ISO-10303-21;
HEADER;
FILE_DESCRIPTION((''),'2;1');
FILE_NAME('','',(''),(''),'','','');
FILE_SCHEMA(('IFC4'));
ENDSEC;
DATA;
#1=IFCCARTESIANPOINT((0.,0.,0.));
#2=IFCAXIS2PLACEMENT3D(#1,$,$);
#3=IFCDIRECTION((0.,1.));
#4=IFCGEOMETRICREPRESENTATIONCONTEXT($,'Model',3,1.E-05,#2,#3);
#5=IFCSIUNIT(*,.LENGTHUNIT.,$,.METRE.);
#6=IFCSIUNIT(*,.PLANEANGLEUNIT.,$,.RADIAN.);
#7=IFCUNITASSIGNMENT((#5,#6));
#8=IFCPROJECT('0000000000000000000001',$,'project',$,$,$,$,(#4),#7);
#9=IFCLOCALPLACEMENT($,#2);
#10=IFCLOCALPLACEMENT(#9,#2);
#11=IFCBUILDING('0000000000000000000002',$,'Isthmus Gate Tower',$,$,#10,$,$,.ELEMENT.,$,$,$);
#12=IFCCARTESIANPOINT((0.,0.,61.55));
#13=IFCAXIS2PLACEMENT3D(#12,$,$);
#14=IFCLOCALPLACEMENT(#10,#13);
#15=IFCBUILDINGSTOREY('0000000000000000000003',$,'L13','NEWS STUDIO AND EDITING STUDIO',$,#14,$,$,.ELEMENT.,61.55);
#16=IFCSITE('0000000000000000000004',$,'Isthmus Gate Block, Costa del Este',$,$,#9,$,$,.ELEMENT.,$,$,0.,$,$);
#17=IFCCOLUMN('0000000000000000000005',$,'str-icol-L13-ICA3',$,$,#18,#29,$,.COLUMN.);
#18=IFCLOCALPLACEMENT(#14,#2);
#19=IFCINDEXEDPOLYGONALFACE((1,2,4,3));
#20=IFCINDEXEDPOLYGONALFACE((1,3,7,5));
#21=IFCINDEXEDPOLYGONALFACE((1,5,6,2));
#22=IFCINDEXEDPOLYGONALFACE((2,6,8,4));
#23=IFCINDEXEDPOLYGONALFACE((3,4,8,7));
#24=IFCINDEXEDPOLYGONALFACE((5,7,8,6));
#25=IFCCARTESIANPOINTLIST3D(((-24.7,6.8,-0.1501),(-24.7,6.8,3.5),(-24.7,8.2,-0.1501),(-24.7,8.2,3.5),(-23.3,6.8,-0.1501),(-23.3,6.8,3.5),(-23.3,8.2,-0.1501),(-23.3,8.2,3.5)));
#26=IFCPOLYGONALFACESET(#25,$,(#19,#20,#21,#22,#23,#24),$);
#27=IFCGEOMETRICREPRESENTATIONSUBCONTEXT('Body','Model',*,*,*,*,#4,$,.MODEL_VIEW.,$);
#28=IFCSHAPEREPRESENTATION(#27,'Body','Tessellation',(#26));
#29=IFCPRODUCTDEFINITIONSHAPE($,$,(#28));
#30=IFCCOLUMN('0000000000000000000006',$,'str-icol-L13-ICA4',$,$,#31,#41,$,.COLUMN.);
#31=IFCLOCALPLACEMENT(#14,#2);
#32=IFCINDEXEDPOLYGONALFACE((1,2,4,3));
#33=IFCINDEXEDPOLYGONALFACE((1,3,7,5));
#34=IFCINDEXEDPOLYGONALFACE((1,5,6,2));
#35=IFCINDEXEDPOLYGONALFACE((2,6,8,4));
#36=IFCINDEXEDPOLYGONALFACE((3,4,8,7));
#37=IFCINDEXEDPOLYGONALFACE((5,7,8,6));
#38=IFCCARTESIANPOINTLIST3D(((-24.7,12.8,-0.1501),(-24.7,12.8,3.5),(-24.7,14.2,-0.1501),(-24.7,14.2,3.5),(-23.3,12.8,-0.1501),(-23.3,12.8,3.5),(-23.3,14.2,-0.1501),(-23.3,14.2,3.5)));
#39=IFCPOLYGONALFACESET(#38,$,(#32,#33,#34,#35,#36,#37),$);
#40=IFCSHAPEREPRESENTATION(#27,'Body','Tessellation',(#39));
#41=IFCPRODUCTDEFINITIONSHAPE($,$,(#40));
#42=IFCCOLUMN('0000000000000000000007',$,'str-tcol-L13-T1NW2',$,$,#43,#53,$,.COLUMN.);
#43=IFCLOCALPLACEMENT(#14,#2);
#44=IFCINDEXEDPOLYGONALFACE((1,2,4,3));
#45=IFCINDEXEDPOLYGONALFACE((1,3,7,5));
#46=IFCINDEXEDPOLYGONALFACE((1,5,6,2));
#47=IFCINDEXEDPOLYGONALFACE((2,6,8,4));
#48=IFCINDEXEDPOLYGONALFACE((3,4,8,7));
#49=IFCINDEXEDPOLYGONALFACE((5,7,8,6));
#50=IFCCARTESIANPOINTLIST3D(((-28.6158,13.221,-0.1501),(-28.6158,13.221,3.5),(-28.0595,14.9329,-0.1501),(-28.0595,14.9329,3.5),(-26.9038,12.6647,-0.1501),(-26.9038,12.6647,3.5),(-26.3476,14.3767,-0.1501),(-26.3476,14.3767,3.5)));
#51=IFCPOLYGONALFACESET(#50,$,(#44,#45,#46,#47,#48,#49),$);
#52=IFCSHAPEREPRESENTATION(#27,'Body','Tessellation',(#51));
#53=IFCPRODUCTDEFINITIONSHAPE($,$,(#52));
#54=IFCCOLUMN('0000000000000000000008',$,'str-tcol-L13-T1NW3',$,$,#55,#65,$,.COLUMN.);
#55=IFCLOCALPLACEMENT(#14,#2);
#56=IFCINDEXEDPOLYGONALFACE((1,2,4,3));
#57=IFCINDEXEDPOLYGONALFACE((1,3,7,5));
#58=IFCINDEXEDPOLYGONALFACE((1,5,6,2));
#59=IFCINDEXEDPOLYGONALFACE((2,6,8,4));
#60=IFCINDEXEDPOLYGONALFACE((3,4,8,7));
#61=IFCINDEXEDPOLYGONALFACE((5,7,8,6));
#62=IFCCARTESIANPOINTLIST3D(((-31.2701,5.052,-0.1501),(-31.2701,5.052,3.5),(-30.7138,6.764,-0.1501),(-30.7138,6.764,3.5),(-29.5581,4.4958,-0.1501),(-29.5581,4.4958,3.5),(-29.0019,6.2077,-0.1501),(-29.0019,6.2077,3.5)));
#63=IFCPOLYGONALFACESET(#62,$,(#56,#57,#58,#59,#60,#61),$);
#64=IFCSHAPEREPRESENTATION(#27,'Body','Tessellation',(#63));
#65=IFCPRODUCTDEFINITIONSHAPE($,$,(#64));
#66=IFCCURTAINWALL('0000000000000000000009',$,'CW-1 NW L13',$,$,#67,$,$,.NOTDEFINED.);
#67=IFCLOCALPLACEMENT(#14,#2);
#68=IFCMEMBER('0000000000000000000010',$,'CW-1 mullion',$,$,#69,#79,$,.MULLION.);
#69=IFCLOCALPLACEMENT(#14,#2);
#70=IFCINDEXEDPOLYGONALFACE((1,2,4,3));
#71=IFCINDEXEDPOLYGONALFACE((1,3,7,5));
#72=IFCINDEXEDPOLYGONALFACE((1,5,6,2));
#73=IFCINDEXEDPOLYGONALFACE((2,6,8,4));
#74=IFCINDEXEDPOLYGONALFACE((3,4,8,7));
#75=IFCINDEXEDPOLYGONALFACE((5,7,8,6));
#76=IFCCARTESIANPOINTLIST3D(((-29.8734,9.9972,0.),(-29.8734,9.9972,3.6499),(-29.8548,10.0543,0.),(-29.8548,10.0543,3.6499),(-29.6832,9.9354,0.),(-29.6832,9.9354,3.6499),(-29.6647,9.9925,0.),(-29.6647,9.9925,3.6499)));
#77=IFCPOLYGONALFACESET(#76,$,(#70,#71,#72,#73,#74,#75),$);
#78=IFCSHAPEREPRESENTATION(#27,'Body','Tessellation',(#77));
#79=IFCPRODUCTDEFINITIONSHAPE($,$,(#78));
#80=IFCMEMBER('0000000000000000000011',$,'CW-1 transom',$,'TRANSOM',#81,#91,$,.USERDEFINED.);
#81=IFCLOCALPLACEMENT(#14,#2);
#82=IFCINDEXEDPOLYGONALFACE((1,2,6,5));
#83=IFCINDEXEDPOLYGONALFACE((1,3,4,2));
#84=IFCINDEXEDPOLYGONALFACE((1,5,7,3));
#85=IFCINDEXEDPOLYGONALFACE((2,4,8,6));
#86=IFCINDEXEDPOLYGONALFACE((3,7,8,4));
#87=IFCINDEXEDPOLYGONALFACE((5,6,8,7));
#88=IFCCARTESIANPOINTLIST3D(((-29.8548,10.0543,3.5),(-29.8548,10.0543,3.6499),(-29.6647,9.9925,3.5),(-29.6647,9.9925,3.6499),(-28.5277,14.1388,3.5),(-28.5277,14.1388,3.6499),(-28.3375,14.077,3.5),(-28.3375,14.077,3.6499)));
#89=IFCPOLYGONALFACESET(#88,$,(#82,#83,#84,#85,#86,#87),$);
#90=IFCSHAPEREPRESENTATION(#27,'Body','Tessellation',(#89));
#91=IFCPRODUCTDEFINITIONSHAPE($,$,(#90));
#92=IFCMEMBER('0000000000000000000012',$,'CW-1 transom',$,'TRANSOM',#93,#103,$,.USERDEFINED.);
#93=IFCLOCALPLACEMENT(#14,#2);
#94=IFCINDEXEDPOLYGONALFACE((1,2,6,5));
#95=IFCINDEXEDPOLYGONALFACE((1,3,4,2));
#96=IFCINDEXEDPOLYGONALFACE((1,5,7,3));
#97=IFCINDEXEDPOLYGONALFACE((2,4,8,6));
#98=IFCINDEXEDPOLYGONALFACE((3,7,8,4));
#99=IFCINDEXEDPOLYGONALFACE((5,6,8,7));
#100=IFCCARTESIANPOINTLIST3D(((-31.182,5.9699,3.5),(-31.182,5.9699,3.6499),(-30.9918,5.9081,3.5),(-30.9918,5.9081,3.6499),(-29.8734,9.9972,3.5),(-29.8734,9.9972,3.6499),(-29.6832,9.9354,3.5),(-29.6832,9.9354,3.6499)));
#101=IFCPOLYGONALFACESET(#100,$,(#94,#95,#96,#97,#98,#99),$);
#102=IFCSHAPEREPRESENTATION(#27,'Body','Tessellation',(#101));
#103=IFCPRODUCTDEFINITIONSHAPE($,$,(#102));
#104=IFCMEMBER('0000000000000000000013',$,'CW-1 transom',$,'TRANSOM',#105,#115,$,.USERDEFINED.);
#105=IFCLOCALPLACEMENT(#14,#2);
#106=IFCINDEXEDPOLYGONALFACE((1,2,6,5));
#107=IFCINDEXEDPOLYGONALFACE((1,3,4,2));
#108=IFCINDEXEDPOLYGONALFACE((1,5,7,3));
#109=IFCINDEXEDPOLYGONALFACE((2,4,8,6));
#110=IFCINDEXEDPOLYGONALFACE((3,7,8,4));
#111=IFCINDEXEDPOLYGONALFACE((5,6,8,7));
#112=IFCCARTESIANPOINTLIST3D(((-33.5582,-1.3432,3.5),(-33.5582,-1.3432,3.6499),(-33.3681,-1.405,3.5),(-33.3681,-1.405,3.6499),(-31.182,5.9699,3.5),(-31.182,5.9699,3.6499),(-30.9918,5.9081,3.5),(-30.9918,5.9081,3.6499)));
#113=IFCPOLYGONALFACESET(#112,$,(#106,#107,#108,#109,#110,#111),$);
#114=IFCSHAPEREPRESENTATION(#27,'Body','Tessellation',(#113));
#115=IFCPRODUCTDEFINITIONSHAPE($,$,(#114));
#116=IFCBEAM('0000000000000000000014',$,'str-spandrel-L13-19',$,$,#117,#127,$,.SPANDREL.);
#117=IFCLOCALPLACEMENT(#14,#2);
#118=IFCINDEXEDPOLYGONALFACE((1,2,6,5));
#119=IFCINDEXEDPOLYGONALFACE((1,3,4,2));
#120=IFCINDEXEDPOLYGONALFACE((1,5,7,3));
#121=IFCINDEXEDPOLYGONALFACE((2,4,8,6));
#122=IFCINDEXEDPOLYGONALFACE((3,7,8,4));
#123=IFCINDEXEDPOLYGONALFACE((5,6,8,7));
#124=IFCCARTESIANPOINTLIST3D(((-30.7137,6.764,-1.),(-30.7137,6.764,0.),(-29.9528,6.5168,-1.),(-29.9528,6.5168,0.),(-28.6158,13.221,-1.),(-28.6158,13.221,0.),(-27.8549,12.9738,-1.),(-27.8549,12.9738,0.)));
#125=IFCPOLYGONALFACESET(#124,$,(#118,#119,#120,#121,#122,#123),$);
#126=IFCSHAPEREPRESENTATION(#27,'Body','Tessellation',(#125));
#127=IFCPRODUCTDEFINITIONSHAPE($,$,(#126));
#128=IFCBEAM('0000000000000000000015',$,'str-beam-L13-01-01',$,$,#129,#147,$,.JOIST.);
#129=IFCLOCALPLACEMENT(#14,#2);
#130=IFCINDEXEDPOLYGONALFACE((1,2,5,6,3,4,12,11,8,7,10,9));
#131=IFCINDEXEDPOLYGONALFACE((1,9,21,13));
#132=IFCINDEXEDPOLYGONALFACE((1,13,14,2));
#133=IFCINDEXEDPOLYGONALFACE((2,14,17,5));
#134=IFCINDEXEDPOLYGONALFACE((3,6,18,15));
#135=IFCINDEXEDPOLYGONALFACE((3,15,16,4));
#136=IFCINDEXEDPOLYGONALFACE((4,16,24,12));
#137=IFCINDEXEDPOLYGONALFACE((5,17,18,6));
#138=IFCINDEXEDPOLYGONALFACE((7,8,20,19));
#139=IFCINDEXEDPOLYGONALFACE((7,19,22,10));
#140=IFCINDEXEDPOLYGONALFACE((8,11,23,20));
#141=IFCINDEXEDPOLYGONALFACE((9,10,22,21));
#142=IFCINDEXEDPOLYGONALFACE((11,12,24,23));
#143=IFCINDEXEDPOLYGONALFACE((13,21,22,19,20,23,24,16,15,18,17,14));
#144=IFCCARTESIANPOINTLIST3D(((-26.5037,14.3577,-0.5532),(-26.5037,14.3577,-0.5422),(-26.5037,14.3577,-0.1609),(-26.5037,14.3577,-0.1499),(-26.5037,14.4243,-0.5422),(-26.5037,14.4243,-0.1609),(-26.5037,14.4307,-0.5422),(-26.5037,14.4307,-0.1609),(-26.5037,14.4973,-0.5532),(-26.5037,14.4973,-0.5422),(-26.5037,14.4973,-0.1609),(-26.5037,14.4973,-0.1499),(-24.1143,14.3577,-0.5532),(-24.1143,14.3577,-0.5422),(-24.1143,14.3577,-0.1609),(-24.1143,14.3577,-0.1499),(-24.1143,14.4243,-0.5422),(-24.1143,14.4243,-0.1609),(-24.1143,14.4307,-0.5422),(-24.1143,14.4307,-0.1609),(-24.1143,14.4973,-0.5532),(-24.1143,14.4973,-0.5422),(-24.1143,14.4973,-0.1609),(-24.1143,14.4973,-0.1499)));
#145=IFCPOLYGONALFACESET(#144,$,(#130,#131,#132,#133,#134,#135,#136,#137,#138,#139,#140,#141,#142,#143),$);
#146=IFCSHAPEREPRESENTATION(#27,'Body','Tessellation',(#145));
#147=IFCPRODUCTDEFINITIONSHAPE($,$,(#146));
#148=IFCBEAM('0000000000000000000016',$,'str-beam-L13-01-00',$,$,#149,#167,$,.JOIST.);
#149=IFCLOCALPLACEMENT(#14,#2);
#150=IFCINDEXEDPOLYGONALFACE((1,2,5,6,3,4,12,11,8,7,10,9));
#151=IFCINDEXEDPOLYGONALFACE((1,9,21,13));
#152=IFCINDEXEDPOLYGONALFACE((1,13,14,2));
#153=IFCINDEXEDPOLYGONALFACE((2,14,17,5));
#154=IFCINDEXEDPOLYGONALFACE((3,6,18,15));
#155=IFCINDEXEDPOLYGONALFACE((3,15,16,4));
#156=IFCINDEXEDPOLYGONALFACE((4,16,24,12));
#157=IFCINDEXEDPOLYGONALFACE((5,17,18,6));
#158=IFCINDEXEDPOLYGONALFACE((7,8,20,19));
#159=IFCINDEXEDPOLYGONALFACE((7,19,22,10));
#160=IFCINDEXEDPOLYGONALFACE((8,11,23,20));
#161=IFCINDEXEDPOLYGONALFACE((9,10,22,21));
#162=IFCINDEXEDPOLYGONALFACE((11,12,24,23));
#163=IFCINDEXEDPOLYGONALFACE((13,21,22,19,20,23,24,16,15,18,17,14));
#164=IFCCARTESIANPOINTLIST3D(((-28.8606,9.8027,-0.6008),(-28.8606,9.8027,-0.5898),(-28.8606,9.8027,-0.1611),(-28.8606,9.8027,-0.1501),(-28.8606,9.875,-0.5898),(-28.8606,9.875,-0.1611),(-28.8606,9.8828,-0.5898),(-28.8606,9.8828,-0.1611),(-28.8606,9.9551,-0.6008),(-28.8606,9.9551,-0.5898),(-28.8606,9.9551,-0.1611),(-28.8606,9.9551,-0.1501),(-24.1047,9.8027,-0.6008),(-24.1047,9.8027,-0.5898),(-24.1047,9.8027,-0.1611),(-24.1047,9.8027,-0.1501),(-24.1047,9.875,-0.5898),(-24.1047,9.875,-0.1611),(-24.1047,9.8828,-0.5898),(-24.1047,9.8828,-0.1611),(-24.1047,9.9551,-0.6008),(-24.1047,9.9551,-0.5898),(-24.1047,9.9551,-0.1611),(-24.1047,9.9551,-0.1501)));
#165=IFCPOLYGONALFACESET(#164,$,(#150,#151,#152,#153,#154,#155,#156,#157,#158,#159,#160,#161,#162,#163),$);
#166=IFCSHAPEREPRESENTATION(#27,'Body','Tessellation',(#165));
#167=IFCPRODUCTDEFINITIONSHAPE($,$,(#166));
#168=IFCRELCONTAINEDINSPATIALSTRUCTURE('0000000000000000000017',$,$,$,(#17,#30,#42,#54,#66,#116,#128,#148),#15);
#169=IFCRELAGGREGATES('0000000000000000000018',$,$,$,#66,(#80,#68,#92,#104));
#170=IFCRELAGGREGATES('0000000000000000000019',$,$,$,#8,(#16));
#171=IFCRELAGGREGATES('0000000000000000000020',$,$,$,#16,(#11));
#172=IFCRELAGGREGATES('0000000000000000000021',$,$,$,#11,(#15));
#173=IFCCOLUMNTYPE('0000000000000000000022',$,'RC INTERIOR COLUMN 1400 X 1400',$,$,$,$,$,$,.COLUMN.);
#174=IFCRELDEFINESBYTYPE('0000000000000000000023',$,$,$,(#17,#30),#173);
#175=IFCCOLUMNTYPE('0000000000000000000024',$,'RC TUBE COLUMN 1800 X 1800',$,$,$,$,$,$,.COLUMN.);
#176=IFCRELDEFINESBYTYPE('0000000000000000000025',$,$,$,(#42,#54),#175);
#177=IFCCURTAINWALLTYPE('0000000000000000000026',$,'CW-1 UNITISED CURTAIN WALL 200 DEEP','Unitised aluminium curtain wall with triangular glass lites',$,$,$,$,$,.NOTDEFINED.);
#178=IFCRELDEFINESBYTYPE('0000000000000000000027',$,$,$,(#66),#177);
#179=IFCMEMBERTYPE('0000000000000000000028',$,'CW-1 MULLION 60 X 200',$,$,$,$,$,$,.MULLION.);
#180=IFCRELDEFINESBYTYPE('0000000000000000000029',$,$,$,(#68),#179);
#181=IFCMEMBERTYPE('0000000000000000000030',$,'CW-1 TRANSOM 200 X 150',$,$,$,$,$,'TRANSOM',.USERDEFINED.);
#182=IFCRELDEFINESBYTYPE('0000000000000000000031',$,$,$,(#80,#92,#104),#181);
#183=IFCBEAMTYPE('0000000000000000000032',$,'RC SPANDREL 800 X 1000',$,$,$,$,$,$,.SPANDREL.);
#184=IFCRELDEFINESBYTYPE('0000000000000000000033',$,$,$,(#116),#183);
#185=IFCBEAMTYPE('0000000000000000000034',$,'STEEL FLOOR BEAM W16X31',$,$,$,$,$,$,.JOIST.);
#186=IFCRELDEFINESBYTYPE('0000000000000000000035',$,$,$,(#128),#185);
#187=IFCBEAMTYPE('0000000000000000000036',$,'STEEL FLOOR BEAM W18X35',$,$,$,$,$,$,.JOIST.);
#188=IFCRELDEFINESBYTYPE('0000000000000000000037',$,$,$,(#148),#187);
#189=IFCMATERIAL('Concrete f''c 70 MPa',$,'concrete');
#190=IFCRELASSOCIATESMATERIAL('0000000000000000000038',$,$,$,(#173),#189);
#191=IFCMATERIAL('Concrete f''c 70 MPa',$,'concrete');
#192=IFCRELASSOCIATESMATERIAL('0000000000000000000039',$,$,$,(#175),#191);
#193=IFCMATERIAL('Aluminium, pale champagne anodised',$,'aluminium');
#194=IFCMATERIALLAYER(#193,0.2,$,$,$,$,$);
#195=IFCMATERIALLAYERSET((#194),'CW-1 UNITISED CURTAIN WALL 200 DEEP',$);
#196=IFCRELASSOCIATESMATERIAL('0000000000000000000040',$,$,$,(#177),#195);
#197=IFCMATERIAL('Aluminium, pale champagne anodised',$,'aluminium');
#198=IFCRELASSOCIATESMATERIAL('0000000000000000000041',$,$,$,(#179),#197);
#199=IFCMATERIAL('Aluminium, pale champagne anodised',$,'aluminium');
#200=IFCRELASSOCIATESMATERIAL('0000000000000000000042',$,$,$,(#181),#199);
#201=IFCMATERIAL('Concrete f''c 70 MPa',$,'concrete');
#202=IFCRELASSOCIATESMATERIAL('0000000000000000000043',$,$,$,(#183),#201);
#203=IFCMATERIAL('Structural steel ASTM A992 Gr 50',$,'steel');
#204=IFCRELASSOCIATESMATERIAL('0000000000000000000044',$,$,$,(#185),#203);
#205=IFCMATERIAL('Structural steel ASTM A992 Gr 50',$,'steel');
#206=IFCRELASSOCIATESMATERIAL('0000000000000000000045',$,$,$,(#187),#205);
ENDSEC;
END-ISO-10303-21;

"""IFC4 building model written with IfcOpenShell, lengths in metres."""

from ifc_helpers import new_model, si_unit, direction, frame, origin, origin_2d, place, context, subcontext, project, spatial, rectangle, i_section, extrude, material, layer, layer_set, material_profile, profile_set, type_object, element, aggregate, save


model = new_model("IFC4")

# Units and contexts
model_context = context("Model", 3, precision=1e-05, world=origin(), true_north=direction((0.0, 1.0)))
body_context = subcontext(model_context, "Body", "Model", "MODEL_VIEW")
ifc_project = project(units=[si_unit("LENGTHUNIT", "METRE"), si_unit("PLANEANGLEUNIT", "RADIAN")], contexts=[model_context])

# Site, building, storey
site_placement = place(None, origin())
site = spatial("IfcSite", under=ifc_project, at=site_placement, Name="Isthmus Gate Block, Costa del Este", CompositionType="ELEMENT", RefElevation=0.0)
building_placement = place(site_placement, origin())
building = spatial("IfcBuilding", under=site, at=building_placement, Name="Isthmus Gate Tower", CompositionType="ELEMENT")
storey_placement = place(building_placement, frame((0.0, 0.0, 61.55)))
storey = spatial("IfcBuildingStorey", under=building, at=storey_placement, Name="L13", Description="NEWS STUDIO AND EDITING STUDIO", CompositionType="ELEMENT", Elevation=61.55)

# Columns
ifc_material_1 = material(Name="Concrete f'c 70 MPa", Category="concrete")
ifc_material_profile_1 = material_profile(ifc_material_1, rectangle(XDim=1.3999, YDim=1.3999, at=origin_2d()), Name="RC 1400X1400")
ifc_profile_set_1 = profile_set([ifc_material_profile_1], Name="Concrete f'c 70 MPa")
column_type_1 = type_object("IfcColumnType", Name="RC INTERIOR COLUMN 1400 X 1400", PredefinedType="COLUMN", material=ifc_profile_set_1)
for number, where, z_axis, x_axis, name in (
    (1, (-24.0, 7.5, -0.1501), (0.0, 0.0, 1.0), (1.0, 0.0, 0.0), "str-icol-L13-ICA3"),
    (2, (-24.0, 13.5, -0.1501), (0.0, 0.0, 1.0), (1.0, 0.0, 0.0), "str-icol-L13-ICA4"),
):
    element("IfcColumn", number, at=place(storey_placement, frame(where, z_axis=z_axis, x_axis=x_axis)), inside=storey, type_object=column_type_1, Name=name, PredefinedType="COLUMN", context=body_context, shape_type="SweptSolid", body=[
        extrude(rectangle(XDim=1.3999, YDim=1.3999, at=origin_2d()), origin(), (0.0, 0.0, 1.0), 3.6501),
    ])
ifc_material_2 = material(Name="Concrete f'c 70 MPa", Category="concrete")
ifc_material_profile_2 = material_profile(ifc_material_2, rectangle(XDim=1.8, YDim=1.8, at=origin_2d()), Name="RC 1800X1800")
ifc_profile_set_2 = profile_set([ifc_material_profile_2], Name="Concrete f'c 70 MPa")
column_type_2 = type_object("IfcColumnType", Name="RC TUBE COLUMN 1800 X 1800", PredefinedType="COLUMN", material=ifc_profile_set_2)
for number, where, z_axis, x_axis, name in (
    (3, (-27.4817, 13.7988, -0.1501), (0.0, 0.0, 1.0), (-0.309017, -0.951057, 0.0), "str-tcol-L13-T1NW2"),
    (4, (-30.136, 5.6299, -0.1501), (0.0, 0.0, 1.0), (-0.309017, -0.951057, 0.0), "str-tcol-L13-T1NW3"),
):
    element("IfcColumn", number, at=place(storey_placement, frame(where, z_axis=z_axis, x_axis=x_axis)), inside=storey, type_object=column_type_2, Name=name, PredefinedType="COLUMN", context=body_context, shape_type="SweptSolid", body=[
        extrude(rectangle(XDim=1.8, YDim=1.8, at=origin_2d()), origin(), (0.0, 0.0, 1.0), 3.6501),
    ])

# Curtain wall, members
ifc_material_3 = material(Name="Aluminium, pale champagne anodised", Category="aluminium")
ifc_layer_1 = layer(ifc_material_3, 0.2)
ifc_layer_set_1 = layer_set([ifc_layer_1], Name="CW-1 UNITISED CURTAIN WALL 200 DEEP")
curtain_wall_type = type_object("IfcCurtainWallType", Name="CW-1 UNITISED CURTAIN WALL 200 DEEP", Description="Unitised aluminium curtain wall with triangular glass lites", PredefinedType="NOTDEFINED", material=ifc_layer_set_1)
curtain_wall_placement = place(storey_placement, origin())
curtain_wall = element("IfcCurtainWall", 5, at=curtain_wall_placement, inside=storey, type_object=curtain_wall_type, Name="CW-1 NW L13", PredefinedType="NOTDEFINED")
ifc_material_4 = material(Name="Aluminium, pale champagne anodised", Category="aluminium")
ifc_material_profile_3 = material_profile(ifc_material_4, rectangle(XDim=0.0601, YDim=0.2, at=origin_2d()), Name="60x200")
ifc_profile_set_3 = profile_set([ifc_material_profile_3], Name="Aluminium, pale champagne anodised")
member_type_1 = type_object("IfcMemberType", Name="CW-1 MULLION 60 X 200", PredefinedType="MULLION", material=ifc_profile_set_3)
member_1_placement = place(storey_placement, frame((-29.769, 9.9949, 0.0), z_axis=(0.0, 0.0, 1.0), x_axis=(-0.309017, -0.951057, 0.0)))
member_1 = element("IfcMember", 6, at=member_1_placement, type_object=member_type_1, Name="CW-1 mullion", PredefinedType="MULLION", context=body_context, shape_type="SweptSolid", body=[
    extrude(rectangle(XDim=0.0601, YDim=0.2, at=origin_2d()), origin(), (0.0, 0.0, 1.0), 3.6499),
])
ifc_material_5 = material(Name="Aluminium, pale champagne anodised", Category="aluminium")
ifc_material_profile_4 = material_profile(ifc_material_5, rectangle(XDim=0.2, YDim=0.1499, at=origin_2d()), Name="200x150")
ifc_profile_set_4 = profile_set([ifc_material_profile_4], Name="Aluminium, pale champagne anodised")
member_type_2 = type_object("IfcMemberType", Name="CW-1 TRANSOM 200 X 150", ElementType="TRANSOM", PredefinedType="USERDEFINED", material=ifc_profile_set_4)
member_2_placement = place(storey_placement, frame((-28.4326, 14.1079, 3.575), z_axis=(-0.309022, -0.951055, 0.0), x_axis=(0.951055, -0.309022, 0.0)))
member_2 = element("IfcMember", 7, at=member_2_placement, type_object=member_type_2, Name="CW-1 transom", ObjectType="TRANSOM", PredefinedType="USERDEFINED", context=body_context, shape_type="SweptSolid", body=[
    extrude(rectangle(XDim=0.2, YDim=0.1499, at=origin_2d()), origin(), (0.0, 0.0, 1.0), 4.2947),
])
member_3_placement = place(storey_placement, frame((-29.7783, 9.9663, 3.575), z_axis=(-0.309023, -0.951054, 0.0), x_axis=(0.951054, -0.309023, 0.0)))
member_3 = element("IfcMember", 8, at=member_3_placement, type_object=member_type_2, Name="CW-1 transom", ObjectType="TRANSOM", PredefinedType="USERDEFINED", context=body_context, shape_type="SweptSolid", body=[
    extrude(rectangle(XDim=0.2, YDim=0.1499, at=origin_2d()), origin(), (0.0, 0.0, 1.0), 4.2346),
])
member_4_placement = place(storey_placement, frame((-31.0869, 5.939, 3.575), z_axis=(-0.309027, -0.951053, 0.0), x_axis=(0.951053, -0.309027, 0.0)))
member_4 = element("IfcMember", 9, at=member_4_placement, type_object=member_type_2, Name="CW-1 transom", ObjectType="TRANSOM", PredefinedType="USERDEFINED", context=body_context, shape_type="SweptSolid", body=[
    extrude(rectangle(XDim=0.2, YDim=0.1499, at=origin_2d()), origin(), (0.0, 0.0, 1.0), 7.6895),
])

# Beams
ifc_material_6 = material(Name="Concrete f'c 70 MPa", Category="concrete")
ifc_material_profile_5 = material_profile(ifc_material_6, rectangle(XDim=0.8, YDim=1.0, at=origin_2d()), Name="RC 800X1000")
ifc_profile_set_5 = profile_set([ifc_material_profile_5], Name="Concrete f'c 70 MPa")
beam_type_1 = type_object("IfcBeamType", Name="RC SPANDREL 800 X 1000", PredefinedType="SPANDREL", material=ifc_profile_set_5)
beam_1_placement = place(storey_placement, frame((-30.3333, 6.6404, -0.5), z_axis=(0.309002, 0.951062, 0.0), x_axis=(-0.951062, 0.309002, 0.0)))
element("IfcBeam", 10, at=beam_1_placement, inside=storey, type_object=beam_type_1, Name="str-spandrel-L13-19", PredefinedType="SPANDREL", context=body_context, shape_type="SweptSolid", body=[
    extrude(rectangle(XDim=0.8, YDim=1.0, at=origin_2d()), origin(), (0.0, 0.0, 1.0), 6.7893),
])
ifc_material_7 = material(Name="Structural steel ASTM A992 Gr 50", Category="steel")
ifc_material_profile_6 = material_profile(ifc_material_7, i_section(OverallWidth=0.1396, OverallDepth=0.4033, WebThickness=0.0063, FlangeThickness=0.011, at=origin_2d()), Name="W16X31")
ifc_profile_set_6 = profile_set([ifc_material_profile_6], Name="Structural steel ASTM A992 Gr 50")
beam_type_2 = type_object("IfcBeamType", Name="STEEL FLOOR BEAM W16X31", PredefinedType="JOIST", material=ifc_profile_set_6)
beam_2_placement = place(storey_placement, frame((-26.5037, 14.4275, -0.3516), z_axis=(1.0, 0.0, 0.0), x_axis=(0.0, 1.0, 0.0)))
element("IfcBeam", 11, at=beam_2_placement, inside=storey, type_object=beam_type_2, Name="str-beam-L13-01-01", PredefinedType="JOIST", context=body_context, shape_type="SweptSolid", body=[
    extrude(i_section(OverallWidth=0.1396, OverallDepth=0.4033, WebThickness=0.0063, FlangeThickness=0.011, at=origin_2d()), origin(), (0.0, 0.0, 1.0), 2.3894),
])
ifc_material_8 = material(Name="Structural steel ASTM A992 Gr 50", Category="steel")
ifc_material_profile_7 = material_profile(ifc_material_8, i_section(OverallWidth=0.1523, OverallDepth=0.4507, WebThickness=0.0078, FlangeThickness=0.011, at=origin_2d()), Name="W18X35")
ifc_profile_set_7 = profile_set([ifc_material_profile_7], Name="Structural steel ASTM A992 Gr 50")
beam_type_3 = type_object("IfcBeamType", Name="STEEL FLOOR BEAM W18X35", PredefinedType="JOIST", material=ifc_profile_set_7)
beam_3_placement = place(storey_placement, frame((-28.8606, 9.8789, -0.3755), z_axis=(1.0, 0.0, 0.0), x_axis=(0.0, 1.0, 0.0)))
element("IfcBeam", 12, at=beam_3_placement, inside=storey, type_object=beam_type_3, Name="str-beam-L13-01-00", PredefinedType="JOIST", context=body_context, shape_type="SweptSolid", body=[
    extrude(i_section(OverallWidth=0.1523, OverallDepth=0.4507, WebThickness=0.0078, FlangeThickness=0.011, at=origin_2d()), origin(), (0.0, 0.0, 1.0), 4.7559),
])

aggregate(curtain_wall, [member_2, member_1, member_3, member_4])

save(model, "model.ifc")
